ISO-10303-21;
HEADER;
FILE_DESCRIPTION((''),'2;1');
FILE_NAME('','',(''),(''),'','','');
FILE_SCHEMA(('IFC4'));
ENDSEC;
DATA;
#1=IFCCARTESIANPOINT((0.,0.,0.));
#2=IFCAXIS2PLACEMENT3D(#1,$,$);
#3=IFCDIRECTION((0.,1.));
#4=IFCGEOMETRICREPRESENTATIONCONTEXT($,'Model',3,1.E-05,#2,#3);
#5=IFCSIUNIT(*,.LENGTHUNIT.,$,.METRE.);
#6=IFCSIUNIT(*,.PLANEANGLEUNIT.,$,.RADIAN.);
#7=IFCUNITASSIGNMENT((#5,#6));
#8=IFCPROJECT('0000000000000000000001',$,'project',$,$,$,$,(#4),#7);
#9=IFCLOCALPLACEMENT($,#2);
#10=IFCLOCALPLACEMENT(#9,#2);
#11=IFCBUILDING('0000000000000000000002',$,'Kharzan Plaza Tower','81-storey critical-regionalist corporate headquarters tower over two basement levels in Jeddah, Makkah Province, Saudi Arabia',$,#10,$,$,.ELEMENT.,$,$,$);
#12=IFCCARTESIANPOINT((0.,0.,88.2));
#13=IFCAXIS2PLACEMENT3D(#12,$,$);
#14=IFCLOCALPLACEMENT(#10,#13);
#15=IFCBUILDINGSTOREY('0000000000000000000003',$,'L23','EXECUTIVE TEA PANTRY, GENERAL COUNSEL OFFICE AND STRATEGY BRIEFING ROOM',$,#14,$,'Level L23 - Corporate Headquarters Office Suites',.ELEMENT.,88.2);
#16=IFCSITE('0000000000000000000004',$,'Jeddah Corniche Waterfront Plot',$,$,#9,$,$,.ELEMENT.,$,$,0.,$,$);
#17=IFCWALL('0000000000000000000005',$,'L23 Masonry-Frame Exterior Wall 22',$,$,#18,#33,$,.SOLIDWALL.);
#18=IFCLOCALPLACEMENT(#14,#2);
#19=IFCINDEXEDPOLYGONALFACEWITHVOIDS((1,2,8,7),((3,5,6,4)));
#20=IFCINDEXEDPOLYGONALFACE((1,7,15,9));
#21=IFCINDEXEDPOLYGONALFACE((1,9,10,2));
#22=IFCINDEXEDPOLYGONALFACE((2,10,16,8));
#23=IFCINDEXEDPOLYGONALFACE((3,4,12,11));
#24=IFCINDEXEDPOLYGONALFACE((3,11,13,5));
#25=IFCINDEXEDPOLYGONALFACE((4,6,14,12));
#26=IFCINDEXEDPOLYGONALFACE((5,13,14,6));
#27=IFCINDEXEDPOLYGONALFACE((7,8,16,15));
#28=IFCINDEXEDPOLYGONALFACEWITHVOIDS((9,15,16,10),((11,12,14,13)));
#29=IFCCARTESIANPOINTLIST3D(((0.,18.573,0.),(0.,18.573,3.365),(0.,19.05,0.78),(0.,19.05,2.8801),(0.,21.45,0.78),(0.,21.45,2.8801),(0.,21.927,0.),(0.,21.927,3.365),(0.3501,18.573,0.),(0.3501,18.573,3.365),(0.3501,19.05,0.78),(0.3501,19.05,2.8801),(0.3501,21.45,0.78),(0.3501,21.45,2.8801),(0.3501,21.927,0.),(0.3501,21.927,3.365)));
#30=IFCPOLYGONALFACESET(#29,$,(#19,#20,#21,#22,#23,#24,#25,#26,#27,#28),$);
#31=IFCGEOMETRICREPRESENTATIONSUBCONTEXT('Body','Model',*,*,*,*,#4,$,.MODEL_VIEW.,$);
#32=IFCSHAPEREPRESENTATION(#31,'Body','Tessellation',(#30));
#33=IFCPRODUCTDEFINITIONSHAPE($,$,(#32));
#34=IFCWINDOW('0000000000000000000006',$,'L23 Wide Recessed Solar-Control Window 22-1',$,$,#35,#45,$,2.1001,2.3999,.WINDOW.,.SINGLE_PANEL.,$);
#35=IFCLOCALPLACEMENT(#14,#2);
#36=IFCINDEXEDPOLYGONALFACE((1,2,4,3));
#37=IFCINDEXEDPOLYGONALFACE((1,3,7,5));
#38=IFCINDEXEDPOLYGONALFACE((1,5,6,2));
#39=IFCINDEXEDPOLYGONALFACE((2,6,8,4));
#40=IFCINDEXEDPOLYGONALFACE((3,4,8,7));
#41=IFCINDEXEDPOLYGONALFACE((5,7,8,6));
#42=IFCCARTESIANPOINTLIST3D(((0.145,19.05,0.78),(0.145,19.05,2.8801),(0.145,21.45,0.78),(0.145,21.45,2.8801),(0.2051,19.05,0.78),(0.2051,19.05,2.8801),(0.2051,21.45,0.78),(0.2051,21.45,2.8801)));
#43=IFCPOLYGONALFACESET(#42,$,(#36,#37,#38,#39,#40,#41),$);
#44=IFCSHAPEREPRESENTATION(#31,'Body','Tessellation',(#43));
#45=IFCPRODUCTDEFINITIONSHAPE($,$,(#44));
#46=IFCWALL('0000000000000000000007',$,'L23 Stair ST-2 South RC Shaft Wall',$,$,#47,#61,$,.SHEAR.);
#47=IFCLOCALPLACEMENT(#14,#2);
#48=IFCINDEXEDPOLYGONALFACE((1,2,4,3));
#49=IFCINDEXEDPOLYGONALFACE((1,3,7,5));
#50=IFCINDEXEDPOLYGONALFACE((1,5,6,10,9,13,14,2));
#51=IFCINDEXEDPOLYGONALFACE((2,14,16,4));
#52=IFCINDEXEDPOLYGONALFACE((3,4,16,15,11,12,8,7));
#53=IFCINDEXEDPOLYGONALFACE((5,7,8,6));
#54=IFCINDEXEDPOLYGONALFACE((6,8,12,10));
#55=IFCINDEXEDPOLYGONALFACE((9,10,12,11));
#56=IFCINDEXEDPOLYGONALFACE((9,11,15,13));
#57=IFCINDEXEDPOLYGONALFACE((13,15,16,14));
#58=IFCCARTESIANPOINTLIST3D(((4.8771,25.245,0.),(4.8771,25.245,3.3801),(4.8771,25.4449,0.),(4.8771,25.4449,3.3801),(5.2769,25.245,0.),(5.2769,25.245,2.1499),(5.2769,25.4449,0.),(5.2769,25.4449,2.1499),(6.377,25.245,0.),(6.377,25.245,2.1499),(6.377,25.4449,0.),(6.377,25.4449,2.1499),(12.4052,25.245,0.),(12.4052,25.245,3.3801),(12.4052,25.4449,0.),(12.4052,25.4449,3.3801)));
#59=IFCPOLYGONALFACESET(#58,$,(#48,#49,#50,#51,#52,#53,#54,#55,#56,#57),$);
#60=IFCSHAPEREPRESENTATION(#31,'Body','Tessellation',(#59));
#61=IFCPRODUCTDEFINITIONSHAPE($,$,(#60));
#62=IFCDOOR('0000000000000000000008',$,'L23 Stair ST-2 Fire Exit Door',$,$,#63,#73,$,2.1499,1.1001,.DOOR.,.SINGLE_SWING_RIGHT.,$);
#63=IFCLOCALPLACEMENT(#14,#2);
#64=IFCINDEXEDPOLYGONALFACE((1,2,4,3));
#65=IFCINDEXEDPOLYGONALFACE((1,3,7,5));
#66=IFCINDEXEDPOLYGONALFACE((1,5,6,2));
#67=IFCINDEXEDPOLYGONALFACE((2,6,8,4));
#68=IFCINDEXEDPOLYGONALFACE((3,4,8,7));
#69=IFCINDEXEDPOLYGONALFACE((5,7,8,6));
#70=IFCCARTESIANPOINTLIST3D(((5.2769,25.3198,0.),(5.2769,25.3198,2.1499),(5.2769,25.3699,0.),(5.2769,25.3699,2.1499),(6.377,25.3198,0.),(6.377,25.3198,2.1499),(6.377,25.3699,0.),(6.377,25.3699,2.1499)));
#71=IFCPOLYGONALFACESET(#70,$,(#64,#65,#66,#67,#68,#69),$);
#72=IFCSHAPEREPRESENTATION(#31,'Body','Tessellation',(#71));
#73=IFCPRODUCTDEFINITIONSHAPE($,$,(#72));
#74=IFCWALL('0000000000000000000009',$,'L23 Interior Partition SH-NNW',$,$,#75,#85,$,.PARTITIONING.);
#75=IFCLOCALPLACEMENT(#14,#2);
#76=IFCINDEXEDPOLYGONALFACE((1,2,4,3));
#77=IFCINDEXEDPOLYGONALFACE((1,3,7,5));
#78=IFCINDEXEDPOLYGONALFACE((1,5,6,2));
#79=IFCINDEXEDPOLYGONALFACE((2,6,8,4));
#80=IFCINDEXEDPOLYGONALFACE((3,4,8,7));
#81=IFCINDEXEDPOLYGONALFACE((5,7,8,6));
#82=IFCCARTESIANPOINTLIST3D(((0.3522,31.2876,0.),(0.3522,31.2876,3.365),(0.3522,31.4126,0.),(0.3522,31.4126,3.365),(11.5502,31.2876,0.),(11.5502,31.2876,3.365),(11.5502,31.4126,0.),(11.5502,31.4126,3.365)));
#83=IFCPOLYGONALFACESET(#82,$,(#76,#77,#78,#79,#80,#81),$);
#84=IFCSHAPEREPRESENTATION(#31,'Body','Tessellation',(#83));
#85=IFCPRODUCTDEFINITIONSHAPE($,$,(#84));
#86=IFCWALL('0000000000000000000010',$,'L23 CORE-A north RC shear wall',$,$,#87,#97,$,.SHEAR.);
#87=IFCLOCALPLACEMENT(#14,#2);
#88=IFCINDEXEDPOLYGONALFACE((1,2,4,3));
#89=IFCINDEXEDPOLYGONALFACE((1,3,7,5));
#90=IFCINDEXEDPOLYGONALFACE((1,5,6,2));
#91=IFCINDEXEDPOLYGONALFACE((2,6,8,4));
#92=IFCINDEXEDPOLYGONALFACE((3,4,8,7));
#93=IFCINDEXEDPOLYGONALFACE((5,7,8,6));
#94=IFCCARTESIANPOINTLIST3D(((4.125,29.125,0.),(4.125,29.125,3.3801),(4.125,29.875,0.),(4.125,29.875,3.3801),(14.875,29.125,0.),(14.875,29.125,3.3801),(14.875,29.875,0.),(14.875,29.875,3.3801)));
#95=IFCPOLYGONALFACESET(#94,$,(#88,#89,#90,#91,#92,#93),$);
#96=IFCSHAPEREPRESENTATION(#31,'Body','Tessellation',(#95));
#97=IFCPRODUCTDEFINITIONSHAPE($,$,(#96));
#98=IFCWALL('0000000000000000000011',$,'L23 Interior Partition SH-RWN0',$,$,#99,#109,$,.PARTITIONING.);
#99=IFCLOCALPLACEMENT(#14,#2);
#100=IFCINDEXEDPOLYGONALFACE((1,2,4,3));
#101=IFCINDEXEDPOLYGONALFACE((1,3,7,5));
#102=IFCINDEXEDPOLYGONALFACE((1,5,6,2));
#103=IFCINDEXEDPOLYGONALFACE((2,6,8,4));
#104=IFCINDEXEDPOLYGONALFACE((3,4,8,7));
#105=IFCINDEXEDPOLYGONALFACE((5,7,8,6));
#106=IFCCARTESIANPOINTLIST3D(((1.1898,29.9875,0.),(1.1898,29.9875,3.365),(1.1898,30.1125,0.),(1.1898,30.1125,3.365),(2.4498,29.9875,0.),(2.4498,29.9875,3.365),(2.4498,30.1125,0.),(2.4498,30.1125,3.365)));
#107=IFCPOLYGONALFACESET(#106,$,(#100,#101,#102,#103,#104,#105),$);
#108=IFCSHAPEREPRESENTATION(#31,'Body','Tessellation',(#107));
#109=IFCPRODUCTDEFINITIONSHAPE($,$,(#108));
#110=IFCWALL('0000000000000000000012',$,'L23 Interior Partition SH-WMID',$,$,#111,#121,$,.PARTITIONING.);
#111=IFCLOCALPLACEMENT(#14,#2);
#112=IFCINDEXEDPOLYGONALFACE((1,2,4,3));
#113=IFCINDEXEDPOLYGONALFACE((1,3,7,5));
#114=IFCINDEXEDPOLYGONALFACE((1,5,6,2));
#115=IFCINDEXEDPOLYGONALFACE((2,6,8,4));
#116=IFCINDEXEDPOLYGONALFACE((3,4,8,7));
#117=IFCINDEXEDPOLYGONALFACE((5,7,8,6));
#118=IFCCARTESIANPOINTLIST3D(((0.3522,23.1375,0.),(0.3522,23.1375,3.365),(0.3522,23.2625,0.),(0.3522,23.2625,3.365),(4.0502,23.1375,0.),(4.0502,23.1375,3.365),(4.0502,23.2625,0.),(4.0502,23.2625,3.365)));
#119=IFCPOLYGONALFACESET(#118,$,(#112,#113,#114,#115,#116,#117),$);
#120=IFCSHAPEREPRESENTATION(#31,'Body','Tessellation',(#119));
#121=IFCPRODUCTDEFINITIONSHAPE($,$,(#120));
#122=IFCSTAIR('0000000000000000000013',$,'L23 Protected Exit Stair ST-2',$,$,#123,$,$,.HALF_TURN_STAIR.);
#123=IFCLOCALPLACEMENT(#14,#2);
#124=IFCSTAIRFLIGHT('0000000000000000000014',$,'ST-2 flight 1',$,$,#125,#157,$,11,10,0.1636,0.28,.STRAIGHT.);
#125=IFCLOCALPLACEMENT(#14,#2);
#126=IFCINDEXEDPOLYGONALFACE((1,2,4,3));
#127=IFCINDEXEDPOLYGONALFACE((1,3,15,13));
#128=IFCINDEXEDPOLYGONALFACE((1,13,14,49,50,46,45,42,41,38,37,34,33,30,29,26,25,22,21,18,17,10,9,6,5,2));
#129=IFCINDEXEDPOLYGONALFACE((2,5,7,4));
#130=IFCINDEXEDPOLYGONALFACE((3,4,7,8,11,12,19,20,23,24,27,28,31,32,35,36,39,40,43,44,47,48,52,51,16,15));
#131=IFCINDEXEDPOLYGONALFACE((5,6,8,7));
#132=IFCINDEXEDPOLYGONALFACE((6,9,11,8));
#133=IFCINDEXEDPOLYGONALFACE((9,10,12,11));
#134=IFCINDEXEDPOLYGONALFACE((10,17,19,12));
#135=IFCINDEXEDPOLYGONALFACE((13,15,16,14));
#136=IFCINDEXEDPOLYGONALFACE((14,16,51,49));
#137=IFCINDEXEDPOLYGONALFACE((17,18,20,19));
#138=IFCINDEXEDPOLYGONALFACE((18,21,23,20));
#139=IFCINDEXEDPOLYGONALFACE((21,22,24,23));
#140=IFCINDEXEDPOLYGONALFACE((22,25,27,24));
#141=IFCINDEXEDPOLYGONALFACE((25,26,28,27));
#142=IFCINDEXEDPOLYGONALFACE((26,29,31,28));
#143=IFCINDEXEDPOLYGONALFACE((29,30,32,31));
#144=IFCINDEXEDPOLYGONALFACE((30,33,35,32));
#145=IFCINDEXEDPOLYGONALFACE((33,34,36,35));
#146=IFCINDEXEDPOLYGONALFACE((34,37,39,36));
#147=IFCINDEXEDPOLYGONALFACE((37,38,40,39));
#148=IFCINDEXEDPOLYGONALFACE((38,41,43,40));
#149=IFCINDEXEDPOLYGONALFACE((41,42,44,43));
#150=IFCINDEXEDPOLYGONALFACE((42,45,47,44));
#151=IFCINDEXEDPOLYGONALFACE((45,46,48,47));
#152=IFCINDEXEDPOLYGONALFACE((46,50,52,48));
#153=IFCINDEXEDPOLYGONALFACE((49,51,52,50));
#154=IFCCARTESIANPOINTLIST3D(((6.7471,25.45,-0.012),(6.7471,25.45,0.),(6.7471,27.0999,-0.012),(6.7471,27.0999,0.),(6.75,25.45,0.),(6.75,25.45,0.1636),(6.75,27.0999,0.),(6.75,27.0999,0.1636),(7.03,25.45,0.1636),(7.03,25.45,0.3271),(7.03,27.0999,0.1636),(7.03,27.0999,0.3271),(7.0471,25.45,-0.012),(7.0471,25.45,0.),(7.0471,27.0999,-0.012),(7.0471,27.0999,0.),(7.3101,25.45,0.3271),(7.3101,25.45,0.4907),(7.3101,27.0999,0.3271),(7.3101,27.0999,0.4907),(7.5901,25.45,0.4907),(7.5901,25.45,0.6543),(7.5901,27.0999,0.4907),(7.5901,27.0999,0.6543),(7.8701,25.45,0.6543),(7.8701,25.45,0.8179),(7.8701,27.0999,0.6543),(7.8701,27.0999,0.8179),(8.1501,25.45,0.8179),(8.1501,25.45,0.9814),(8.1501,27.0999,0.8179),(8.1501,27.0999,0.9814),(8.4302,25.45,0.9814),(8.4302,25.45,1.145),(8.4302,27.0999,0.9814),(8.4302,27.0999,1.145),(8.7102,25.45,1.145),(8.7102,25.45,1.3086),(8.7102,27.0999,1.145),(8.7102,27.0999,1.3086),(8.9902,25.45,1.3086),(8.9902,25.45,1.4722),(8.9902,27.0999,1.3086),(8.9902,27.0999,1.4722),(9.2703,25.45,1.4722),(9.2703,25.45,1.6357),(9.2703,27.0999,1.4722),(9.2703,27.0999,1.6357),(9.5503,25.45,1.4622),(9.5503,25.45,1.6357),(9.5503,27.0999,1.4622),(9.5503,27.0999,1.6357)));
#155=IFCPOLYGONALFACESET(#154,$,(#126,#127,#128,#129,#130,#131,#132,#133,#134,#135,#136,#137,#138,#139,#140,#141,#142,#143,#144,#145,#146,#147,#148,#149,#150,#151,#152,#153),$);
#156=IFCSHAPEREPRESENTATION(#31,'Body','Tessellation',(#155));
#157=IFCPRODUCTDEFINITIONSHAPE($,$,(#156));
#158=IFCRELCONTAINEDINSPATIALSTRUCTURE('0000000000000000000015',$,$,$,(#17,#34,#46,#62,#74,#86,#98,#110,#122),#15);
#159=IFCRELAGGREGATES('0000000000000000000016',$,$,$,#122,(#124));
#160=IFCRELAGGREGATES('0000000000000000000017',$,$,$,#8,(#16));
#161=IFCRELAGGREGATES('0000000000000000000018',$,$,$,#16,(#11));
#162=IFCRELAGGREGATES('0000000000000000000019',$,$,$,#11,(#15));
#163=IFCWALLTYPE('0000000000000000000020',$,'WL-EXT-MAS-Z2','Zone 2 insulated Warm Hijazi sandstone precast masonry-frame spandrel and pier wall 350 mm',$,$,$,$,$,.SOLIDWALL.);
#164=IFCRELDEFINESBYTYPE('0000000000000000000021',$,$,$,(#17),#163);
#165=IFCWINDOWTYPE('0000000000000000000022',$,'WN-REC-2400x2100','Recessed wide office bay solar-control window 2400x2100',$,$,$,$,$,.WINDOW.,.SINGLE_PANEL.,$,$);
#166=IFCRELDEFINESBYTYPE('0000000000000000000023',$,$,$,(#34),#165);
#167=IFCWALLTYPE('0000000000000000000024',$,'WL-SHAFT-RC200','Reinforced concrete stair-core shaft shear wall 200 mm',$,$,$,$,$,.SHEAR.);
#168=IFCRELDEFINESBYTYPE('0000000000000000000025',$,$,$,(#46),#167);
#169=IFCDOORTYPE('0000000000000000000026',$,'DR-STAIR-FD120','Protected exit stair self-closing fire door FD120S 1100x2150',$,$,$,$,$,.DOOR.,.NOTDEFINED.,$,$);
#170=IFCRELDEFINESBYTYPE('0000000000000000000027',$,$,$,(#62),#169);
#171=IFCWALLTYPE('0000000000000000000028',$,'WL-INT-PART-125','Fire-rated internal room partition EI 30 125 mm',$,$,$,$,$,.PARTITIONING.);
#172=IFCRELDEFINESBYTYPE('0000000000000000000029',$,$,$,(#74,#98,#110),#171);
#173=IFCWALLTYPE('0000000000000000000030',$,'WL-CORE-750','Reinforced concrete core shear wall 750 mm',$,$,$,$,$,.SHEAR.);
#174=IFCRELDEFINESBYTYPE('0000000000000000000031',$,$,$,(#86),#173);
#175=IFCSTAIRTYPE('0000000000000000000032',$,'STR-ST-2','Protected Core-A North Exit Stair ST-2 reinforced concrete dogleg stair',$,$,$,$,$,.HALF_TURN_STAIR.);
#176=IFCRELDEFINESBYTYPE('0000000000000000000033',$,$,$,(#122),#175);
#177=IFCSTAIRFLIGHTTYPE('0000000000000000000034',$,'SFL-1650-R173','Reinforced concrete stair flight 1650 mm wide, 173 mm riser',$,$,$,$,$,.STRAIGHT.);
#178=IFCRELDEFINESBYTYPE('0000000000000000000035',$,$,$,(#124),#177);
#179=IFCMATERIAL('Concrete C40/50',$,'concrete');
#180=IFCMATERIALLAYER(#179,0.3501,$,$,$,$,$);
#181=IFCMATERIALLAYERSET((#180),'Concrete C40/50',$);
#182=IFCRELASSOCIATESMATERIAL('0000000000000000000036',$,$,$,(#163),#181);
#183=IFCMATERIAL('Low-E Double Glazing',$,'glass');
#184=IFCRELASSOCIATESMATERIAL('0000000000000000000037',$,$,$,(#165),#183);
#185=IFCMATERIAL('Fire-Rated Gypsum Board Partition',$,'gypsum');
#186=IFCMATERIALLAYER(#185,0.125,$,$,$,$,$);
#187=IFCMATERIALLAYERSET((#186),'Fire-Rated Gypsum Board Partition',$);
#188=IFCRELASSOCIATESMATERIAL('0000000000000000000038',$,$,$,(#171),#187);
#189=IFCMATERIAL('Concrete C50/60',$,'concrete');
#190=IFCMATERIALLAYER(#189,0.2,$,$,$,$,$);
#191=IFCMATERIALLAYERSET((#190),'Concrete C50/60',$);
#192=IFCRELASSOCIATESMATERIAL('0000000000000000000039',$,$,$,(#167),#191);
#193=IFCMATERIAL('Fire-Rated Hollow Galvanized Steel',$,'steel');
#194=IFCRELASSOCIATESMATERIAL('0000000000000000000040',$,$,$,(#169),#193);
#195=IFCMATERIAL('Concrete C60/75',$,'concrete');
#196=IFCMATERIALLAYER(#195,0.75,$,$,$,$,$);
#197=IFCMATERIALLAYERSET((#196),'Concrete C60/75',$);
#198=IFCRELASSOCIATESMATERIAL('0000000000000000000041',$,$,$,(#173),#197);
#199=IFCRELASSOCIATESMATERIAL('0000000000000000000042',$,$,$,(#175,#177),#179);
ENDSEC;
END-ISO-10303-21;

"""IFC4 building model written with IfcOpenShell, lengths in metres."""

from ifc_helpers import new_model, si_unit, direction, frame, frame_2d, origin, place, context, subcontext, project, spatial, polyline, rectangle, outline, extrude, source, transform, mapped, material, layer, layer_set, type_object, element, fill, aggregate, save


model = new_model("IFC4")

# Units and contexts
model_context = context("Model", 3, precision=1e-05, world=origin(), true_north=direction((0.0, 1.0)))
body_context = subcontext(model_context, "Body", "Model", "MODEL_VIEW")
ifc_project = project(units=[si_unit("LENGTHUNIT", "METRE"), si_unit("PLANEANGLEUNIT", "RADIAN")], contexts=[model_context])

# Site, building, storey
site_placement = place(None, origin())
site = spatial("IfcSite", under=ifc_project, at=site_placement, Name="Jeddah Corniche Waterfront Plot", CompositionType="ELEMENT", RefElevation=0.0)
building_placement = place(site_placement, origin())
building = spatial("IfcBuilding", under=site, at=building_placement, Name="Kharzan Plaza Tower", Description="81-storey critical-regionalist corporate headquarters tower over two basement levels in Jeddah, Makkah Province, Saudi Arabia", CompositionType="ELEMENT")
storey_placement = place(building_placement, frame((0.0, 0.0, 88.2)))
storey = spatial("IfcBuildingStorey", under=building, at=storey_placement, Name="L23", Description="EXECUTIVE TEA PANTRY, GENERAL COUNSEL OFFICE AND STRATEGY BRIEFING ROOM", LongName="Level L23 - Corporate Headquarters Office Suites", CompositionType="ELEMENT", Elevation=88.2)

# Shared definitions
ifc_material_1 = material(Name="Concrete C60/75", Category="concrete")

# Wall, opening, window
ifc_material_2 = material(Name="Concrete C40/50", Category="concrete")
ifc_layer_1 = layer(ifc_material_2, 0.3501)
ifc_layer_set_1 = layer_set([ifc_layer_1], Name="Concrete C40/50")
wall_type_1 = type_object("IfcWallType", Name="WL-EXT-MAS-Z2", Description="Zone 2 insulated Warm Hijazi sandstone precast masonry-frame spandrel and pier wall 350 mm", PredefinedType="SOLIDWALL", material=ifc_layer_set_1)
ifc_material_3 = material(Name="Low-E Double Glazing", Category="glass")
wall_1_placement = place(storey_placement, frame((0.175, 21.927, 0.0), z_axis=(0.0, 0.0, 1.0), x_axis=(0.0, -1.0, 0.0)))
wall_1 = element("IfcWall", 1, at=wall_1_placement, inside=storey, type_object=wall_type_1, Name="L23 Masonry-Frame Exterior Wall 22", PredefinedType="SOLIDWALL", context=body_context, shape_type="SweptSolid", body=[
    extrude(rectangle(XDim=3.354, YDim=0.3501, at=frame_2d((1.677, 0.0))), origin(), (0.0, 0.0, 1.0), 3.365),
])
opening_1_placement = place(wall_1_placement, frame((0.4771, 0.0, 0.78)))
opening_1 = element("IfcOpeningElement", 2, at=opening_1_placement, cuts=wall_1, PredefinedType="OPENING", context=body_context, shape_type="SweptSolid", body=[
    extrude(rectangle(XDim=2.3999, YDim=2.1001, at=frame_2d((1.2, 1.05))), frame((0.0, 0.1851, 0.0), z_axis=(0.0, -1.0, 0.0), x_axis=(1.0, 0.0, 0.0)), (0.0, 0.0, 1.0), 0.3701),
])
window_type_1 = type_object("IfcWindowType", Name="WN-REC-2400x2100", Description="Recessed wide office bay solar-control window 2400x2100", PartitioningType="SINGLE_PANEL", PredefinedType="WINDOW", material=ifc_material_3)
shared_shape_1 = source(origin(), body_context, "Body", "SweptSolid", [
    extrude(rectangle(XDim=2.3999, YDim=2.1001, at=frame_2d((1.2, 1.05))), frame((0.0, 0.03, 0.0), z_axis=(0.0, -1.0, 0.0), x_axis=(1.0, 0.0, 0.0)), (0.0, 0.0, 1.0), 0.0601),
])
window_1_placement = place(opening_1_placement, origin())
window_1 = element("IfcWindow", 3, at=window_1_placement, inside=storey, type_object=window_type_1, Name="L23 Wide Recessed Solar-Control Window 22-1", OverallHeight=2.1001, OverallWidth=2.3999, PartitioningType="SINGLE_PANEL", PredefinedType="WINDOW", context=body_context, shape_type="MappedRepresentation", body=[
    mapped(shared_shape_1, transform((0.0, 0.0, 0.0), x_axis=(1.0, 0.0, 0.0), y_axis=(0.0, 1.0, 0.0), z_axis=(0.0, 0.0, 1.0))),
])
fill(opening_1, window_1)

# Wall, opening, door
ifc_material_4 = material(Name="Fire-Rated Gypsum Board Partition", Category="gypsum")
ifc_layer_2 = layer(ifc_material_4, 0.125)
ifc_layer_set_2 = layer_set([ifc_layer_2], Name="Fire-Rated Gypsum Board Partition")
wall_type_2 = type_object("IfcWallType", Name="WL-INT-PART-125", Description="Fire-rated internal room partition EI 30 125 mm", PredefinedType="PARTITIONING", material=ifc_layer_set_2)
ifc_material_5 = material(Name="Concrete C50/60", Category="concrete")
ifc_layer_3 = layer(ifc_material_5, 0.2)
ifc_layer_set_3 = layer_set([ifc_layer_3], Name="Concrete C50/60")
wall_type_3 = type_object("IfcWallType", Name="WL-SHAFT-RC200", Description="Reinforced concrete stair-core shaft shear wall 200 mm", PredefinedType="SHEAR", material=ifc_layer_set_3)
wall_2_placement = place(storey_placement, frame((4.877, 25.345, 0.0), z_axis=(0.0, 0.0, 1.0), x_axis=(1.0, 0.0, 0.0)))
wall_2 = element("IfcWall", 4, at=wall_2_placement, inside=storey, type_object=wall_type_3, Name="L23 Stair ST-2 South RC Shaft Wall", PredefinedType="SHEAR", context=body_context, shape_type="SweptSolid", body=[
    extrude(rectangle(XDim=7.5281, YDim=0.2, at=frame_2d((3.7642, 0.0))), origin(), (0.0, 0.0, 1.0), 3.3801),
])
opening_2_placement = place(wall_2_placement, frame((0.3999, 0.0, 0.0)))
opening_2 = element("IfcOpeningElement", 5, at=opening_2_placement, cuts=wall_2, PredefinedType="OPENING", context=body_context, shape_type="SweptSolid", body=[
    extrude(rectangle(XDim=1.1001, YDim=2.1499, at=frame_2d((0.55, 1.075))), frame((0.0, 0.1099, 0.0), z_axis=(0.0, -1.0, 0.0), x_axis=(1.0, 0.0, 0.0)), (0.0, 0.0, 1.0), 0.22),
])
ifc_material_6 = material(Name="Fire-Rated Hollow Galvanized Steel", Category="steel")
door_type_1 = type_object("IfcDoorType", Name="DR-STAIR-FD120", Description="Protected exit stair self-closing fire door FD120S 1100x2150", OperationType="NOTDEFINED", PredefinedType="DOOR", material=ifc_material_6)
shared_shape_2 = source(origin(), body_context, "Body", "SweptSolid", [
    extrude(rectangle(XDim=1.1001, YDim=2.1499, at=frame_2d((0.55, 1.075))), frame((0.0, 0.0249, 0.0), z_axis=(0.0, -1.0, 0.0), x_axis=(1.0, 0.0, 0.0)), (0.0, 0.0, 1.0), 0.05),
])
door_1_placement = place(opening_2_placement, origin())
door_1 = element("IfcDoor", 6, at=door_1_placement, inside=storey, type_object=door_type_1, Name="L23 Stair ST-2 Fire Exit Door", OperationType="SINGLE_SWING_RIGHT", OverallHeight=2.1499, OverallWidth=1.1001, PredefinedType="DOOR", context=body_context, shape_type="MappedRepresentation", body=[
    mapped(shared_shape_2, transform((0.0, 0.0, 0.0), x_axis=(1.0, 0.0, 0.0), y_axis=(0.0, 1.0, 0.0), z_axis=(0.0, 0.0, 1.0))),
])
fill(opening_2, door_1)

# Walls
shared_shape_3 = source(origin(), body_context, "Body", "SweptSolid", [
    extrude(rectangle(XDim=11.198, YDim=0.125, at=frame_2d((5.5991, 0.0))), origin(), (0.0, 0.0, 1.0), 3.365),
])
wall_3_placement = place(storey_placement, frame((0.3521, 31.3501, 0.0), z_axis=(0.0, 0.0, 1.0), x_axis=(1.0, 0.0, 0.0)))
element("IfcWall", 7, at=wall_3_placement, inside=storey, type_object=wall_type_2, Name="L23 Interior Partition SH-NNW", PredefinedType="PARTITIONING", context=body_context, shape_type="MappedRepresentation", body=[
    mapped(shared_shape_3, transform((0.0, 0.0, 0.0), x_axis=(1.0, 0.0, 0.0), y_axis=(0.0, 1.0, 0.0), z_axis=(0.0, 0.0, 1.0))),
])
ifc_layer_4 = layer(ifc_material_1, 0.75)
ifc_layer_set_4 = layer_set([ifc_layer_4], Name="Concrete C60/75")
wall_type_4 = type_object("IfcWallType", Name="WL-CORE-750", Description="Reinforced concrete core shear wall 750 mm", PredefinedType="SHEAR", material=ifc_layer_set_4)
shared_shape_4 = source(origin(), body_context, "Body", "SweptSolid", [
    extrude(rectangle(XDim=10.75, YDim=0.75, at=frame_2d((5.375, 0.0))), origin(), (0.0, 0.0, 1.0), 3.3801),
])
wall_4_placement = place(storey_placement, frame((4.125, 29.5, 0.0), z_axis=(0.0, 0.0, 1.0), x_axis=(1.0, 0.0, 0.0)))
element("IfcWall", 8, at=wall_4_placement, inside=storey, type_object=wall_type_4, Name="L23 CORE-A north RC shear wall", PredefinedType="SHEAR", context=body_context, shape_type="MappedRepresentation", body=[
    mapped(shared_shape_4, transform((0.0, 0.0, 0.0), x_axis=(1.0, 0.0, 0.0), y_axis=(0.0, 1.0, 0.0), z_axis=(0.0, 0.0, 1.0))),
])
shared_shape_5 = source(origin(), body_context, "Body", "SweptSolid", [
    extrude(rectangle(XDim=1.26, YDim=0.125, at=frame_2d((0.6299, 0.0))), origin(), (0.0, 0.0, 1.0), 3.365),
])
wall_5_placement = place(storey_placement, frame((1.1899, 30.05, 0.0), z_axis=(0.0, 0.0, 1.0), x_axis=(1.0, 0.0, 0.0)))
element("IfcWall", 9, at=wall_5_placement, inside=storey, type_object=wall_type_2, Name="L23 Interior Partition SH-RWN0", PredefinedType="PARTITIONING", context=body_context, shape_type="MappedRepresentation", body=[
    mapped(shared_shape_5, transform((0.0, 0.0, 0.0), x_axis=(1.0, 0.0, 0.0), y_axis=(0.0, 1.0, 0.0), z_axis=(0.0, 0.0, 1.0))),
])
shared_shape_6 = source(origin(), body_context, "Body", "SweptSolid", [
    extrude(rectangle(XDim=3.698, YDim=0.125, at=frame_2d((1.8491, 0.0))), origin(), (0.0, 0.0, 1.0), 3.365),
])
wall_6_placement = place(storey_placement, frame((0.3521, 23.2, 0.0), z_axis=(0.0, 0.0, 1.0), x_axis=(1.0, 0.0, 0.0)))
element("IfcWall", 10, at=wall_6_placement, inside=storey, type_object=wall_type_2, Name="L23 Interior Partition SH-WMID", PredefinedType="PARTITIONING", context=body_context, shape_type="MappedRepresentation", body=[
    mapped(shared_shape_6, transform((0.0, 0.0, 0.0), x_axis=(1.0, 0.0, 0.0), y_axis=(0.0, 1.0, 0.0), z_axis=(0.0, 0.0, 1.0))),
])

# Stair, stair flight
stair_type = type_object("IfcStairType", Name="STR-ST-2", Description="Protected Core-A North Exit Stair ST-2 reinforced concrete dogleg stair", PredefinedType="HALF_TURN_STAIR", material=ifc_material_2)
stair_placement = place(storey_placement, origin())
stair = element("IfcStair", 11, at=stair_placement, inside=storey, type_object=stair_type, Name="L23 Protected Exit Stair ST-2", PredefinedType="HALF_TURN_STAIR")
stair_flight_type = type_object("IfcStairFlightType", Name="SFL-1650-R173", Description="Reinforced concrete stair flight 1650 mm wide, 173 mm riser", PredefinedType="STRAIGHT", material=ifc_material_2)
shared_shape_7 = source(origin(), body_context, "Body", "SweptSolid", [
    extrude(outline(polyline([(-0.0029, -0.012), (-0.0029, 0.0), (0.0, 0.0), (0.0, 0.1636), (0.28, 0.1636), (0.28, 0.3271), (0.5601, 0.3271), (0.5601, 0.4907), (0.8401, 0.4907), (0.8401, 0.6543), (1.1201, 0.6543), (1.1201, 0.8179), (1.4001, 0.8179), (1.4001, 0.9814), (1.6802, 0.9814), (1.6802, 1.145), (1.9602, 1.145), (1.9602, 1.3086), (2.2402, 1.3086), (2.2402, 1.4722), (2.5203, 1.4722), (2.5203, 1.6357), (2.8003, 1.6357), (2.8003, 1.7993), (2.8003, 1.4622), (0.2971, 0.0), (0.2971, -0.012), (-0.0029, -0.012)])), frame((0.0, 0.825, 0.0), z_axis=(0.0, -1.0, 0.0), x_axis=(1.0, 0.0, 0.0)), (0.0, 0.0, 1.0), 1.6499),
])
stair_flight_placement = place(storey_placement, frame((6.75, 26.2749, 0.0), z_axis=(0.0, 0.0, 1.0), x_axis=(1.0, 0.0, 0.0)))
stair_flight = element("IfcStairFlight", 12, at=stair_flight_placement, type_object=stair_flight_type, Name="ST-2 flight 1", NumberOfRisers=11, NumberOfTreads=10, PredefinedType="STRAIGHT", RiserHeight=0.1636, TreadLength=0.28, context=body_context, shape_type="MappedRepresentation", body=[
    mapped(shared_shape_7, transform((0.0, 0.0, 0.0), x_axis=(1.0, 0.0, 0.0), y_axis=(0.0, 1.0, 0.0), z_axis=(0.0, 0.0, 1.0))),
])
aggregate(stair, [stair_flight])

save(model, "model.ifc")
